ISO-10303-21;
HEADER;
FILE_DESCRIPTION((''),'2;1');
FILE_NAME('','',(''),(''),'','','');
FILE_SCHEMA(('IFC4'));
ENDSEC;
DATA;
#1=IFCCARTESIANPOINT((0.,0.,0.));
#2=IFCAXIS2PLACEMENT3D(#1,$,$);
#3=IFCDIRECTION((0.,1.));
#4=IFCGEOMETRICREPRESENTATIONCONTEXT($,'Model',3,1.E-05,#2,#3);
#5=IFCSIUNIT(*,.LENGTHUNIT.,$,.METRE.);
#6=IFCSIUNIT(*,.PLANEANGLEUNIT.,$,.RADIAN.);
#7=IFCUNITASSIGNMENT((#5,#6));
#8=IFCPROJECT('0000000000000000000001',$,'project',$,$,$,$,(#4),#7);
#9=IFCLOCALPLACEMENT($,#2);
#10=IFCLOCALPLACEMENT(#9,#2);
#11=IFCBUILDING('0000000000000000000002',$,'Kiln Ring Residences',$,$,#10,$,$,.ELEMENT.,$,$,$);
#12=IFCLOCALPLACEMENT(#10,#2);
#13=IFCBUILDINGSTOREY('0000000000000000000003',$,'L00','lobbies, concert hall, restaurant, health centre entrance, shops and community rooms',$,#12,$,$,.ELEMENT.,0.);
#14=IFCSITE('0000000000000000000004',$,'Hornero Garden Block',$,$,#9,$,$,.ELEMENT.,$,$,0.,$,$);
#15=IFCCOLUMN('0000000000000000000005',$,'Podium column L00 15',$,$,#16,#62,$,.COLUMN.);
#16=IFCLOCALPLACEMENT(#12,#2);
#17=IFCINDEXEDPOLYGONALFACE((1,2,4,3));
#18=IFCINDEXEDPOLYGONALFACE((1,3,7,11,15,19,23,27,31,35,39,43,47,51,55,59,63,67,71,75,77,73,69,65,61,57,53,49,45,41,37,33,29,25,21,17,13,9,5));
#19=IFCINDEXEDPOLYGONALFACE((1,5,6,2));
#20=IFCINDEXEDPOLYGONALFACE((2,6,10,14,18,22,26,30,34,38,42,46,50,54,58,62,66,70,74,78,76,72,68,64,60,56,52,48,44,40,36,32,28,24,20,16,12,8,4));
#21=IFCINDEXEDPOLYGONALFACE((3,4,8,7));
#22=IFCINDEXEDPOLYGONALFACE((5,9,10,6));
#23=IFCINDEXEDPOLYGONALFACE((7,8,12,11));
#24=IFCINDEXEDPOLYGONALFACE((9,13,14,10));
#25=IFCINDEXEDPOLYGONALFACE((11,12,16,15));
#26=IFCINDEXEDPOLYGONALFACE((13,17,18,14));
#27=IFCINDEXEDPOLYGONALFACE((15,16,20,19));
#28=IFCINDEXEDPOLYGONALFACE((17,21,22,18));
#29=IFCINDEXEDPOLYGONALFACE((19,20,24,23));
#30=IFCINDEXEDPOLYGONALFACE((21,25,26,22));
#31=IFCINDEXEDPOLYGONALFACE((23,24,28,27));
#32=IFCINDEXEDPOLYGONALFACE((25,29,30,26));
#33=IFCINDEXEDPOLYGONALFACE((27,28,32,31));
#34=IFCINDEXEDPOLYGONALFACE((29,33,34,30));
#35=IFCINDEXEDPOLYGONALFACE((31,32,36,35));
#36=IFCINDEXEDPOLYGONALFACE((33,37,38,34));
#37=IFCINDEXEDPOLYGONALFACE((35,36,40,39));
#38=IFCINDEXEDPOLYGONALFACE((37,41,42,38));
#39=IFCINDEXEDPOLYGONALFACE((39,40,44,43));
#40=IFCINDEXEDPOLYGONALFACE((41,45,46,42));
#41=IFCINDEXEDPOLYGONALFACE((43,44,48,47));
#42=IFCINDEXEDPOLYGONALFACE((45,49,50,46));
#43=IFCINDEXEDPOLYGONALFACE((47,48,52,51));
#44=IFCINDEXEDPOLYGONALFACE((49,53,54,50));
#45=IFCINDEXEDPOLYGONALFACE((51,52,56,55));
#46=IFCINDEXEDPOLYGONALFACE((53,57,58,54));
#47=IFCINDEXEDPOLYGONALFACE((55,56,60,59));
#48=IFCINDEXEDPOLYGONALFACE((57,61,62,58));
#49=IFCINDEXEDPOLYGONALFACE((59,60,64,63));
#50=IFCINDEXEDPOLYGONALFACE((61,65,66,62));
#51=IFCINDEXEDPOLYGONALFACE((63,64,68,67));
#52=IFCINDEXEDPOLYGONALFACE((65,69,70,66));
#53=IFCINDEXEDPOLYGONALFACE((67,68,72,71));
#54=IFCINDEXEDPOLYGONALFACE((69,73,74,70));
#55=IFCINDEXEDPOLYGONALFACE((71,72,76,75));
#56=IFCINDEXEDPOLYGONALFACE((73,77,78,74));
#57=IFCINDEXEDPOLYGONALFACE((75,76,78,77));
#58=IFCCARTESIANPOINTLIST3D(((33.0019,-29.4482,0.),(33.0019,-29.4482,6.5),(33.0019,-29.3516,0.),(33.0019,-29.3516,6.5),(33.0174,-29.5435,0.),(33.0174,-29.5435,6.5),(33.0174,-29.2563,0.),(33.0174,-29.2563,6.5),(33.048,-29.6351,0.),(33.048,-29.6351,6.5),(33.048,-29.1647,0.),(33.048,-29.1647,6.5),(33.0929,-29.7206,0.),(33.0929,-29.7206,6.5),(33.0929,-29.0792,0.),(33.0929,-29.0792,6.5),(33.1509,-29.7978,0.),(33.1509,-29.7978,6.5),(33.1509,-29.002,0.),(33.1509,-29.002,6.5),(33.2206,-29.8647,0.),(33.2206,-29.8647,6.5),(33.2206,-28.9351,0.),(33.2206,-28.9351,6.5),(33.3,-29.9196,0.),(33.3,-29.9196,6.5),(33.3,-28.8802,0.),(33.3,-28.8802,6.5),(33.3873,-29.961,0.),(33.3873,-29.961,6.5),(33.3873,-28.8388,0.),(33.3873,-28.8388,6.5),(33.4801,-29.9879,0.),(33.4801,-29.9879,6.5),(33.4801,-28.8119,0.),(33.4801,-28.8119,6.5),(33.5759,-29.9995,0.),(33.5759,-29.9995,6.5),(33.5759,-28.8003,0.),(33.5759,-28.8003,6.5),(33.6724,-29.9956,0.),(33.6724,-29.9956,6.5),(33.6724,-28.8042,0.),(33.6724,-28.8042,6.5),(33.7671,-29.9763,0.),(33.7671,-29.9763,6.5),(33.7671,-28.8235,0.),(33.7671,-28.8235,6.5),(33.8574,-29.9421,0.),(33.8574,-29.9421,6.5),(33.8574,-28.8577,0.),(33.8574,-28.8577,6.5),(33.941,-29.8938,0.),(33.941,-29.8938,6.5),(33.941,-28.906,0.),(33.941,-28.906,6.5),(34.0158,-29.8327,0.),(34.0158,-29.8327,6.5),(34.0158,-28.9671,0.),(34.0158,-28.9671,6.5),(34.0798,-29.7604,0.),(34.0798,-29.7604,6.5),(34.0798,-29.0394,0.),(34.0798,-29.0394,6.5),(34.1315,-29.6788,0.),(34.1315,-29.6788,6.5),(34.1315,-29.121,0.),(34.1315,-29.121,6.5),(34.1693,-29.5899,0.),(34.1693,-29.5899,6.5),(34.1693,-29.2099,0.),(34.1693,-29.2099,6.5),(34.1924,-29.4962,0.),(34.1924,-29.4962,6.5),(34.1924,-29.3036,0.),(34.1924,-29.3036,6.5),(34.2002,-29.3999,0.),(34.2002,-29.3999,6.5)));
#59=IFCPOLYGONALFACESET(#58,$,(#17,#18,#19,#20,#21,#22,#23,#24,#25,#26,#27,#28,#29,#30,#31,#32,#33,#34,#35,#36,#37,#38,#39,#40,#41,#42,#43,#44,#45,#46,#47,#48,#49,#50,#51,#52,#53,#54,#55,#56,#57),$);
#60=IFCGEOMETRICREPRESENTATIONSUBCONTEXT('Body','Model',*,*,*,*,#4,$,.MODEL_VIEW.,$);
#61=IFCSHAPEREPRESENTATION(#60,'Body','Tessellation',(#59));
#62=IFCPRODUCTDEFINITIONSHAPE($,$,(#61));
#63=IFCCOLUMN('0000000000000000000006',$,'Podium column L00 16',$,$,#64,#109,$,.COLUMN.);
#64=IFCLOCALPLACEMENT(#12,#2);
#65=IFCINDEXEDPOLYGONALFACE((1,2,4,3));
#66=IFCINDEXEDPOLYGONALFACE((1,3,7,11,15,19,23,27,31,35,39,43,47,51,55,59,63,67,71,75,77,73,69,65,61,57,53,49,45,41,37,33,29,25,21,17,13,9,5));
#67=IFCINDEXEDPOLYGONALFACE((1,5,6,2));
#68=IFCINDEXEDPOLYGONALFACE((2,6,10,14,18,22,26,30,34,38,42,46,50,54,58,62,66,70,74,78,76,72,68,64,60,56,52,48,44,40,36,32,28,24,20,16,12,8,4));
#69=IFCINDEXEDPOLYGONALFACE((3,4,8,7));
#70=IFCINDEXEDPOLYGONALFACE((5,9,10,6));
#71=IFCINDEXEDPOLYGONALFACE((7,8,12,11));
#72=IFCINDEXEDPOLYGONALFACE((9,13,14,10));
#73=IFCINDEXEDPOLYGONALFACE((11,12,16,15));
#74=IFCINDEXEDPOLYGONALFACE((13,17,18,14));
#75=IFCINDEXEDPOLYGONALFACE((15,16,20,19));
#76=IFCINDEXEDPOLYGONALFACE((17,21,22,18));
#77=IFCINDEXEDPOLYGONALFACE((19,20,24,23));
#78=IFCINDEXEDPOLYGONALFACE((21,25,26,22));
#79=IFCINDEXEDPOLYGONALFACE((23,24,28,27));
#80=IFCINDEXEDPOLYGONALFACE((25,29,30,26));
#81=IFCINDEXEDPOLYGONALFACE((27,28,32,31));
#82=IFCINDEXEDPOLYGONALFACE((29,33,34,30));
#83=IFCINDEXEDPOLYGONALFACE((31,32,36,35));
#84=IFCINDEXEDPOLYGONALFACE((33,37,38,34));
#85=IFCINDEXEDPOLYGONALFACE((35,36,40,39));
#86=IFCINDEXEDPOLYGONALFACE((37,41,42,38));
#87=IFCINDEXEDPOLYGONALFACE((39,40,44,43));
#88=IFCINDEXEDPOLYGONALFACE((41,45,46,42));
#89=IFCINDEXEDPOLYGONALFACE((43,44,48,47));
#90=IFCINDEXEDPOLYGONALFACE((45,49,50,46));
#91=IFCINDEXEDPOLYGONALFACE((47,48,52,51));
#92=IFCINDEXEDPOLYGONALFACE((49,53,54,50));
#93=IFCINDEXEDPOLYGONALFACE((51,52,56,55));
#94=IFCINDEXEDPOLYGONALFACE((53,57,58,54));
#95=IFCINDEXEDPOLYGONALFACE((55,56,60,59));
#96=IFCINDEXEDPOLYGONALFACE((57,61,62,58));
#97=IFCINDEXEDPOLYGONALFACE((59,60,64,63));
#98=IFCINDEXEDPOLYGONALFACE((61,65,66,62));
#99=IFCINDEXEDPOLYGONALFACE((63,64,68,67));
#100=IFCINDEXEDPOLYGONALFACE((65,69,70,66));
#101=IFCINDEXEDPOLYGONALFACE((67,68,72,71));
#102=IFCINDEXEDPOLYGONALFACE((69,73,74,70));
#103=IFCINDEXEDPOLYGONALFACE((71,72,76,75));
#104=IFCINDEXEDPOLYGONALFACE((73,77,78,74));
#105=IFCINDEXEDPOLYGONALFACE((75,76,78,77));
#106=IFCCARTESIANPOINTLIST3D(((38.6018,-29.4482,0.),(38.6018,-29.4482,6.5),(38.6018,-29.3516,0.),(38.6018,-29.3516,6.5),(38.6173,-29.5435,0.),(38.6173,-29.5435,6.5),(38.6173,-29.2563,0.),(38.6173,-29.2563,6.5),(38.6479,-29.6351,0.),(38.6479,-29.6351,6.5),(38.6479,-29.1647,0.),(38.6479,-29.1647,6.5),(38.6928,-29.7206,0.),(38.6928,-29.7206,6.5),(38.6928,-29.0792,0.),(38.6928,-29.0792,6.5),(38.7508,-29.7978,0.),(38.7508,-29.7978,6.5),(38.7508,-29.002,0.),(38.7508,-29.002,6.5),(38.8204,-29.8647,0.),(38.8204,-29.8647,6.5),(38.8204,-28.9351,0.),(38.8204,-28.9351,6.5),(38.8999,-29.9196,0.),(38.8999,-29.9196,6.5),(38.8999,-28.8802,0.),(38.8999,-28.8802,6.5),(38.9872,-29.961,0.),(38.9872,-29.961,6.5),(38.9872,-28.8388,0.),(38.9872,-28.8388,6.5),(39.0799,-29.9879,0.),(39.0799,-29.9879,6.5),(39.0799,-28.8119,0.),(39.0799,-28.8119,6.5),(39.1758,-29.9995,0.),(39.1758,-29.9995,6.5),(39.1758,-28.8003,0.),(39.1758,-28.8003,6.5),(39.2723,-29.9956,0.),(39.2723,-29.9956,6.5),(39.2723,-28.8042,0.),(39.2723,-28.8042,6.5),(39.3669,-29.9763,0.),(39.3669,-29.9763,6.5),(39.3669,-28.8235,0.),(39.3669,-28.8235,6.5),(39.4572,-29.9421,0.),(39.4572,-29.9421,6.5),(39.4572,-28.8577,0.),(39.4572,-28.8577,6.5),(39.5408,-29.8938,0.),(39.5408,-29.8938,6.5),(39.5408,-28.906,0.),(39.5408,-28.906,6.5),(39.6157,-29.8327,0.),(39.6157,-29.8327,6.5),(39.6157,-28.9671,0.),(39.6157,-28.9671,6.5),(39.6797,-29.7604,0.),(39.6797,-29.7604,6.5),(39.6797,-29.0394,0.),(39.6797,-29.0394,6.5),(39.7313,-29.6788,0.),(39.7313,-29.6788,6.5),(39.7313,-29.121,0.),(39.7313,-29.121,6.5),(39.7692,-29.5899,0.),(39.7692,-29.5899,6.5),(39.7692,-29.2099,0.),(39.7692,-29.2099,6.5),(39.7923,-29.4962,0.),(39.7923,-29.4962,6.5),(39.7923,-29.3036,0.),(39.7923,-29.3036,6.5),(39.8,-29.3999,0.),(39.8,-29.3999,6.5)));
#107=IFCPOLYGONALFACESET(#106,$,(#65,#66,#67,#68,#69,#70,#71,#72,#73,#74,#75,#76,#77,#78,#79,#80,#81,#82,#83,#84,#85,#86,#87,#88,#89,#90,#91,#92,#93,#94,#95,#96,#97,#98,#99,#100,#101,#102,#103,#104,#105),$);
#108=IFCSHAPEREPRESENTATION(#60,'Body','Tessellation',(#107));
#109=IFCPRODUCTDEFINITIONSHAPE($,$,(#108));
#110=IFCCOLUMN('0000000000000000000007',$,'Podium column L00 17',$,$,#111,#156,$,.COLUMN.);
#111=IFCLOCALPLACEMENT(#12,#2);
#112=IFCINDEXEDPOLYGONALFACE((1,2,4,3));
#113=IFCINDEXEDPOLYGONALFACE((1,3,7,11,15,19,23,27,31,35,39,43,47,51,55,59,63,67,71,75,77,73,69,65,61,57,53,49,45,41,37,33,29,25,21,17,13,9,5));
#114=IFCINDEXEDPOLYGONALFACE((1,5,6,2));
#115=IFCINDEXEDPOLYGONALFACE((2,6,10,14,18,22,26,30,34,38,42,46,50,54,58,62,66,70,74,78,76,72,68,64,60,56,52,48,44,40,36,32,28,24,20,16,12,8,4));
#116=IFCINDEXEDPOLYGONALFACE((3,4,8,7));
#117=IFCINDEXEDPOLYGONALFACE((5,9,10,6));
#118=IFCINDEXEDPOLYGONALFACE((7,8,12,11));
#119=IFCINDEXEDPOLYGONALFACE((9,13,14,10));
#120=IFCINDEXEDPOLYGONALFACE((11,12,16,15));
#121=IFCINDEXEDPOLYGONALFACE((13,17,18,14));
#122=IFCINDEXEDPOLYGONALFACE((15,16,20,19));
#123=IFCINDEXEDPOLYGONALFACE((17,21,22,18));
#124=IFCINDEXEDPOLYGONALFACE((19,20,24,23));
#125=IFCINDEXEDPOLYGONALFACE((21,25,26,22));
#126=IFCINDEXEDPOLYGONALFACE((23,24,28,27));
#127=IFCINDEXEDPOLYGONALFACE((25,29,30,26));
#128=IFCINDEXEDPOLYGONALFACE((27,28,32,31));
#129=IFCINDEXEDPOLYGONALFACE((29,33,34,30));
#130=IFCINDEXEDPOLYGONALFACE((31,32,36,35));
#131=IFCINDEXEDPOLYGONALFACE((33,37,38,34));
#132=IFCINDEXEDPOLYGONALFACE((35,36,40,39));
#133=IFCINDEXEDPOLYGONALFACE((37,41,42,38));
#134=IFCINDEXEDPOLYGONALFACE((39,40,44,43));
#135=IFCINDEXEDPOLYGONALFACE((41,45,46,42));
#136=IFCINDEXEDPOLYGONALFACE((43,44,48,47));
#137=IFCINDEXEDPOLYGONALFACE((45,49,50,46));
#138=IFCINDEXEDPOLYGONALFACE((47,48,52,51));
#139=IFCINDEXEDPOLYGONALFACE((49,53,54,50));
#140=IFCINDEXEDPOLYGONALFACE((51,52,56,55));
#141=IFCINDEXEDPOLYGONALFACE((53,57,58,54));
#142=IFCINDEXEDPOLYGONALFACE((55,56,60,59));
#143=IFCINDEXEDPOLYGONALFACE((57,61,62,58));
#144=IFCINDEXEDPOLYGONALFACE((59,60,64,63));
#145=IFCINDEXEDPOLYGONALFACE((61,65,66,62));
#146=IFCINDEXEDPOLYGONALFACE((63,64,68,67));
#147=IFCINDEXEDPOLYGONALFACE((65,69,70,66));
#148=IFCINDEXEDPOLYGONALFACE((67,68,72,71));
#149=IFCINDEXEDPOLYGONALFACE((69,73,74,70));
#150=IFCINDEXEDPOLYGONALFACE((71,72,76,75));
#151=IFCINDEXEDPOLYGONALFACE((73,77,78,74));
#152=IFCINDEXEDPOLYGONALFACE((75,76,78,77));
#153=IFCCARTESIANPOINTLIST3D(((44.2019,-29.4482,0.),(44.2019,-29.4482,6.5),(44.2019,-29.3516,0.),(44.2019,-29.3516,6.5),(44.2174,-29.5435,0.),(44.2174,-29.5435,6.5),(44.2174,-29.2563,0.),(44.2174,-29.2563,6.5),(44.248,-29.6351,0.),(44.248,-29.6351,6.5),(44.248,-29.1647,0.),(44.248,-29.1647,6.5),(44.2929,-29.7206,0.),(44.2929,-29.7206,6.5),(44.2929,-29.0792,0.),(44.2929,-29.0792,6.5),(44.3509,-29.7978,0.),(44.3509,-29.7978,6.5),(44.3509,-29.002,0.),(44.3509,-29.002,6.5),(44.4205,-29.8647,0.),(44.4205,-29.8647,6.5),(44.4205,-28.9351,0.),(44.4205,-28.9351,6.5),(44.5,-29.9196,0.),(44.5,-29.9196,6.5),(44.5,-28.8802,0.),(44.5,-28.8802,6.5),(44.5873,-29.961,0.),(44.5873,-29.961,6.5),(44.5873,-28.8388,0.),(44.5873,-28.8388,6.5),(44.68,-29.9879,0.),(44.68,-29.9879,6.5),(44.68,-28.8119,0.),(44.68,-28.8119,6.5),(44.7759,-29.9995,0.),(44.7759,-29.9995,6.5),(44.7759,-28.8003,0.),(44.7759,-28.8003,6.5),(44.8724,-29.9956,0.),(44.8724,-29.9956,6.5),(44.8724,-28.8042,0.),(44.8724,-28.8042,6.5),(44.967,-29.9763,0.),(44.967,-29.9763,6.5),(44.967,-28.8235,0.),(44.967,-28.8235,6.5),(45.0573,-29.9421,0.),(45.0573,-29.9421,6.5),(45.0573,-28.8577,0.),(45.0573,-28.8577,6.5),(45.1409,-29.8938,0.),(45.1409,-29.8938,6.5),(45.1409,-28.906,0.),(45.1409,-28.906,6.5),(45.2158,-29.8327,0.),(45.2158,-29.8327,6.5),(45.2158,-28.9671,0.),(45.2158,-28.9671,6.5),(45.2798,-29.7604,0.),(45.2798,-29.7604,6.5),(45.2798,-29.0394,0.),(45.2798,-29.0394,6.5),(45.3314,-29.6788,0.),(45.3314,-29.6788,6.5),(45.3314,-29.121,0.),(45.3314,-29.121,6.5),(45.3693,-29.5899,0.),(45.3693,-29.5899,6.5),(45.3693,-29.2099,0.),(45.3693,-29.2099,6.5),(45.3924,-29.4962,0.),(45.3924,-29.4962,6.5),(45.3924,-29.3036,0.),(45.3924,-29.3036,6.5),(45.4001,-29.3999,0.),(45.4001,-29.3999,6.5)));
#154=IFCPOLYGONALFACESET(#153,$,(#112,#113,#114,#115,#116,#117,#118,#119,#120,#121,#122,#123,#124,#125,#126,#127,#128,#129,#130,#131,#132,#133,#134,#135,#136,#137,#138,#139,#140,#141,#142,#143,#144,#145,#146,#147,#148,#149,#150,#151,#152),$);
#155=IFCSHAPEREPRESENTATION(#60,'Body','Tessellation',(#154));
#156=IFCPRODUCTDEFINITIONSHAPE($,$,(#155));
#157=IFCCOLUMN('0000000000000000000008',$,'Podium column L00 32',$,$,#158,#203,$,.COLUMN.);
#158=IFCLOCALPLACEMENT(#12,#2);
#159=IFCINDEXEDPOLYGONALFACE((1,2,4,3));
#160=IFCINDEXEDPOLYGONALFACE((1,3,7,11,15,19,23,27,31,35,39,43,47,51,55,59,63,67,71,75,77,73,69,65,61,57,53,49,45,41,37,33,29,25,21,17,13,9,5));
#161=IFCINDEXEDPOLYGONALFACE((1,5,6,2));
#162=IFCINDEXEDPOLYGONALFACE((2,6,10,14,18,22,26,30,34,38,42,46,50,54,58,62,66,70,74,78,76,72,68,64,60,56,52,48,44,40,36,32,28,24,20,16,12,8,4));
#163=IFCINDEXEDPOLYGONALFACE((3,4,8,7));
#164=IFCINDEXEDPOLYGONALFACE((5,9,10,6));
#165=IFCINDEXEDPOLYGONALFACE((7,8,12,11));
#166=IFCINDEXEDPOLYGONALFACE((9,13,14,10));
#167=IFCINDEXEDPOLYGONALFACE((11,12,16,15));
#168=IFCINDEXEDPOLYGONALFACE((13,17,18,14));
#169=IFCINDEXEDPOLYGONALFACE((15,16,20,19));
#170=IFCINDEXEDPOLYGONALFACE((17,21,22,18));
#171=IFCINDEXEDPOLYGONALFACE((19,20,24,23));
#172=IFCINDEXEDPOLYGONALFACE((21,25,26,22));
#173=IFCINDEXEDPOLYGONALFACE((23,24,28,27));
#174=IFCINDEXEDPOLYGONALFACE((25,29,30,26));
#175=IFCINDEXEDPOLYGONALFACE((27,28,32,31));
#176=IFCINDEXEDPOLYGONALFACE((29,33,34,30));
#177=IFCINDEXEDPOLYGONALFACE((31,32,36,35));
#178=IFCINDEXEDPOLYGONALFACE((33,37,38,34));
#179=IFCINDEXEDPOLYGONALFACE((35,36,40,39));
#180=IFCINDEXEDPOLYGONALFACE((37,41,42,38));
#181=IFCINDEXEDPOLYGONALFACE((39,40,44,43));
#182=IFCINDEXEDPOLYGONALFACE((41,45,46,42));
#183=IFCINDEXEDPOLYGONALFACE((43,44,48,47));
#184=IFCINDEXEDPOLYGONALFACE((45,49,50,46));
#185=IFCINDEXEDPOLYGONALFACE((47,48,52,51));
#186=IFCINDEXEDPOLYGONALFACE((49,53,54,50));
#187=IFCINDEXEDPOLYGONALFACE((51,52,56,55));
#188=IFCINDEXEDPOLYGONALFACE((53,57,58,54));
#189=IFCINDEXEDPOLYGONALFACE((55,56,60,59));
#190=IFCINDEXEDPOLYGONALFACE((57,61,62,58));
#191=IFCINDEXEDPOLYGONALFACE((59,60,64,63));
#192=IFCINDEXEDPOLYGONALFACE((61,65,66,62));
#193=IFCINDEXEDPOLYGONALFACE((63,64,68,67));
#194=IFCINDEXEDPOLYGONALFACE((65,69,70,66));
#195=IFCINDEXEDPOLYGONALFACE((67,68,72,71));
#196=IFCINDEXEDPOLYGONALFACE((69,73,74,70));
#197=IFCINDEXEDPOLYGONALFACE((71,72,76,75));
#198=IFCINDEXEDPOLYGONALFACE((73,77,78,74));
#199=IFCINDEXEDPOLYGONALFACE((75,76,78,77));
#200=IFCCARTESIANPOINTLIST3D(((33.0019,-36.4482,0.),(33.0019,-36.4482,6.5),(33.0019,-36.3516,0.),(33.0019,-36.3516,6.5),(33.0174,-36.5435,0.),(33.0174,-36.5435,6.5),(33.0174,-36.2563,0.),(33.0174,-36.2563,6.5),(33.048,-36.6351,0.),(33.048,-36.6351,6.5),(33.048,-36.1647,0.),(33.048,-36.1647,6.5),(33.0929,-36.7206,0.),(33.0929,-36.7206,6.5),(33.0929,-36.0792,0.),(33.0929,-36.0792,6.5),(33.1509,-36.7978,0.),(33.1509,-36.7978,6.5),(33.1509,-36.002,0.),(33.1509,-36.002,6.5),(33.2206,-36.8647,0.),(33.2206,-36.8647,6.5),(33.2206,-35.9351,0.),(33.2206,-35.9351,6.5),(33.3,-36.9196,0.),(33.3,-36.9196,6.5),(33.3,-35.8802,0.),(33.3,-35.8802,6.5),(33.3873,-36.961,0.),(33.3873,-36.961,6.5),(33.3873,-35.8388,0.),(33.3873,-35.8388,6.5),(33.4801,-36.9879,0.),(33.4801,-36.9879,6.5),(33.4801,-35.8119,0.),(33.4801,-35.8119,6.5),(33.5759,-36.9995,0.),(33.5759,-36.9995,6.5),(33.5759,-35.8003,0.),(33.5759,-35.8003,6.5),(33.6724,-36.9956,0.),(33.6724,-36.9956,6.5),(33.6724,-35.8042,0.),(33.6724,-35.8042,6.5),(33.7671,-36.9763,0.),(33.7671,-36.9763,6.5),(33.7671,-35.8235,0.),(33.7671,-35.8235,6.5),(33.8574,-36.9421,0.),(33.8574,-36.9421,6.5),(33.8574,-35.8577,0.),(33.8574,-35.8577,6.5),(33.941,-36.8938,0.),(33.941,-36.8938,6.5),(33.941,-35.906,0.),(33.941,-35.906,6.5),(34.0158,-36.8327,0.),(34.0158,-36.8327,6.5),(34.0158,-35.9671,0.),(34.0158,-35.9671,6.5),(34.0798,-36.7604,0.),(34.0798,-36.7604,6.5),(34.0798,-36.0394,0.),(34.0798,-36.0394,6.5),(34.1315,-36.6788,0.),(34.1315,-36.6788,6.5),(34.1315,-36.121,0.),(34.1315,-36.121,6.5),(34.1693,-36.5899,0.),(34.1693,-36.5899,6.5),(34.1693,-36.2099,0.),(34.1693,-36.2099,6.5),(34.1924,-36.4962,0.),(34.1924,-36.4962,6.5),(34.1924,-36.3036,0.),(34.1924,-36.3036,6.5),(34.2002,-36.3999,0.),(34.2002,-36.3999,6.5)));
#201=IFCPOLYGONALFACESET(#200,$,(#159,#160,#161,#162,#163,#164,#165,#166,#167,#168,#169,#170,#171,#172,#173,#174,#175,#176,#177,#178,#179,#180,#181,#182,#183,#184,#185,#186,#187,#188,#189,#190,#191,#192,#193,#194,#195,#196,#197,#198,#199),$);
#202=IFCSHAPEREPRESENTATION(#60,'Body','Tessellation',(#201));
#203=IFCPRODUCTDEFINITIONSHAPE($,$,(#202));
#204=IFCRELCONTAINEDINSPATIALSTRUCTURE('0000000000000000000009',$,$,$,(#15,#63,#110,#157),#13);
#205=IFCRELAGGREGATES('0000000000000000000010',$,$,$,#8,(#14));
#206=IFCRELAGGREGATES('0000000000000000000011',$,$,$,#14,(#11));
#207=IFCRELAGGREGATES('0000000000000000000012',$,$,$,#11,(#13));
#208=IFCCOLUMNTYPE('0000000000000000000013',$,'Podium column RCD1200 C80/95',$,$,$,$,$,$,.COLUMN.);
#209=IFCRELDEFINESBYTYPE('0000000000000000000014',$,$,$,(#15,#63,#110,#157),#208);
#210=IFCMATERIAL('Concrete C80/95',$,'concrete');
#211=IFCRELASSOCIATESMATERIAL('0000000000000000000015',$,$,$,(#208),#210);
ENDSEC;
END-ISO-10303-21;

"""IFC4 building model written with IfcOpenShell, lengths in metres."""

from ifc_helpers import new_model, si_unit, direction, frame, origin, origin_2d, place, context, subcontext, project, spatial, circle, extrude, material, material_profile, profile_set, type_object, element, save


model = new_model("IFC4")

# Units and contexts
model_context = context("Model", 3, precision=1e-05, world=origin(), true_north=direction((0.0, 1.0)))
body_context = subcontext(model_context, "Body", "Model", "MODEL_VIEW")
ifc_project = project(units=[si_unit("LENGTHUNIT", "METRE"), si_unit("PLANEANGLEUNIT", "RADIAN")], contexts=[model_context])

# Site, building, storey
site_placement = place(None, origin())
site = spatial("IfcSite", under=ifc_project, at=site_placement, Name="Hornero Garden Block", CompositionType="ELEMENT", RefElevation=0.0)
building_placement = place(site_placement, origin())
building = spatial("IfcBuilding", under=site, at=building_placement, Name="Kiln Ring Residences", CompositionType="ELEMENT")
storey_placement = place(building_placement, origin())
storey = spatial("IfcBuildingStorey", under=building, at=storey_placement, Name="L00", Description="lobbies, concert hall, restaurant, health centre entrance, shops and community rooms", CompositionType="ELEMENT", Elevation=0.0)

# Columns
ifc_material_1 = material(Name="Concrete C80/95", Category="concrete")
ifc_material_profile_1 = material_profile(ifc_material_1, circle(Radius=0.6001, at=origin_2d()), Name="RCD1200")
ifc_profile_set_1 = profile_set([ifc_material_profile_1], Name="Concrete C80/95")
column_type = type_object("IfcColumnType", Name="Podium column RCD1200 C80/95", PredefinedType="COLUMN", material=ifc_profile_set_1)
for number, where, z_axis, x_axis, name in (
    (1, (33.6001, -29.3999, 0.0), (0.0, 0.0, 1.0), (1.0, 0.0, 0.0), "Podium column L00 15"),
    (2, (39.2, -29.3999, 0.0), (0.0, 0.0, 1.0), (1.0, 0.0, 0.0), "Podium column L00 16"),
    (3, (44.8, -29.3999, 0.0), (0.0, 0.0, 1.0), (1.0, 0.0, 0.0), "Podium column L00 17"),
    (4, (33.6001, -36.3999, 0.0), (0.0, 0.0, 1.0), (1.0, 0.0, 0.0), "Podium column L00 32"),
):
    element("IfcColumn", number, at=place(storey_placement, frame(where, z_axis=z_axis, x_axis=x_axis)), inside=storey, type_object=column_type, Name=name, PredefinedType="COLUMN", context=body_context, shape_type="SweptSolid", body=[
        extrude(circle(Radius=0.6001, at=origin_2d()), origin(), (0.0, 0.0, 1.0), 6.5),
    ])

save(model, "model.ifc")
